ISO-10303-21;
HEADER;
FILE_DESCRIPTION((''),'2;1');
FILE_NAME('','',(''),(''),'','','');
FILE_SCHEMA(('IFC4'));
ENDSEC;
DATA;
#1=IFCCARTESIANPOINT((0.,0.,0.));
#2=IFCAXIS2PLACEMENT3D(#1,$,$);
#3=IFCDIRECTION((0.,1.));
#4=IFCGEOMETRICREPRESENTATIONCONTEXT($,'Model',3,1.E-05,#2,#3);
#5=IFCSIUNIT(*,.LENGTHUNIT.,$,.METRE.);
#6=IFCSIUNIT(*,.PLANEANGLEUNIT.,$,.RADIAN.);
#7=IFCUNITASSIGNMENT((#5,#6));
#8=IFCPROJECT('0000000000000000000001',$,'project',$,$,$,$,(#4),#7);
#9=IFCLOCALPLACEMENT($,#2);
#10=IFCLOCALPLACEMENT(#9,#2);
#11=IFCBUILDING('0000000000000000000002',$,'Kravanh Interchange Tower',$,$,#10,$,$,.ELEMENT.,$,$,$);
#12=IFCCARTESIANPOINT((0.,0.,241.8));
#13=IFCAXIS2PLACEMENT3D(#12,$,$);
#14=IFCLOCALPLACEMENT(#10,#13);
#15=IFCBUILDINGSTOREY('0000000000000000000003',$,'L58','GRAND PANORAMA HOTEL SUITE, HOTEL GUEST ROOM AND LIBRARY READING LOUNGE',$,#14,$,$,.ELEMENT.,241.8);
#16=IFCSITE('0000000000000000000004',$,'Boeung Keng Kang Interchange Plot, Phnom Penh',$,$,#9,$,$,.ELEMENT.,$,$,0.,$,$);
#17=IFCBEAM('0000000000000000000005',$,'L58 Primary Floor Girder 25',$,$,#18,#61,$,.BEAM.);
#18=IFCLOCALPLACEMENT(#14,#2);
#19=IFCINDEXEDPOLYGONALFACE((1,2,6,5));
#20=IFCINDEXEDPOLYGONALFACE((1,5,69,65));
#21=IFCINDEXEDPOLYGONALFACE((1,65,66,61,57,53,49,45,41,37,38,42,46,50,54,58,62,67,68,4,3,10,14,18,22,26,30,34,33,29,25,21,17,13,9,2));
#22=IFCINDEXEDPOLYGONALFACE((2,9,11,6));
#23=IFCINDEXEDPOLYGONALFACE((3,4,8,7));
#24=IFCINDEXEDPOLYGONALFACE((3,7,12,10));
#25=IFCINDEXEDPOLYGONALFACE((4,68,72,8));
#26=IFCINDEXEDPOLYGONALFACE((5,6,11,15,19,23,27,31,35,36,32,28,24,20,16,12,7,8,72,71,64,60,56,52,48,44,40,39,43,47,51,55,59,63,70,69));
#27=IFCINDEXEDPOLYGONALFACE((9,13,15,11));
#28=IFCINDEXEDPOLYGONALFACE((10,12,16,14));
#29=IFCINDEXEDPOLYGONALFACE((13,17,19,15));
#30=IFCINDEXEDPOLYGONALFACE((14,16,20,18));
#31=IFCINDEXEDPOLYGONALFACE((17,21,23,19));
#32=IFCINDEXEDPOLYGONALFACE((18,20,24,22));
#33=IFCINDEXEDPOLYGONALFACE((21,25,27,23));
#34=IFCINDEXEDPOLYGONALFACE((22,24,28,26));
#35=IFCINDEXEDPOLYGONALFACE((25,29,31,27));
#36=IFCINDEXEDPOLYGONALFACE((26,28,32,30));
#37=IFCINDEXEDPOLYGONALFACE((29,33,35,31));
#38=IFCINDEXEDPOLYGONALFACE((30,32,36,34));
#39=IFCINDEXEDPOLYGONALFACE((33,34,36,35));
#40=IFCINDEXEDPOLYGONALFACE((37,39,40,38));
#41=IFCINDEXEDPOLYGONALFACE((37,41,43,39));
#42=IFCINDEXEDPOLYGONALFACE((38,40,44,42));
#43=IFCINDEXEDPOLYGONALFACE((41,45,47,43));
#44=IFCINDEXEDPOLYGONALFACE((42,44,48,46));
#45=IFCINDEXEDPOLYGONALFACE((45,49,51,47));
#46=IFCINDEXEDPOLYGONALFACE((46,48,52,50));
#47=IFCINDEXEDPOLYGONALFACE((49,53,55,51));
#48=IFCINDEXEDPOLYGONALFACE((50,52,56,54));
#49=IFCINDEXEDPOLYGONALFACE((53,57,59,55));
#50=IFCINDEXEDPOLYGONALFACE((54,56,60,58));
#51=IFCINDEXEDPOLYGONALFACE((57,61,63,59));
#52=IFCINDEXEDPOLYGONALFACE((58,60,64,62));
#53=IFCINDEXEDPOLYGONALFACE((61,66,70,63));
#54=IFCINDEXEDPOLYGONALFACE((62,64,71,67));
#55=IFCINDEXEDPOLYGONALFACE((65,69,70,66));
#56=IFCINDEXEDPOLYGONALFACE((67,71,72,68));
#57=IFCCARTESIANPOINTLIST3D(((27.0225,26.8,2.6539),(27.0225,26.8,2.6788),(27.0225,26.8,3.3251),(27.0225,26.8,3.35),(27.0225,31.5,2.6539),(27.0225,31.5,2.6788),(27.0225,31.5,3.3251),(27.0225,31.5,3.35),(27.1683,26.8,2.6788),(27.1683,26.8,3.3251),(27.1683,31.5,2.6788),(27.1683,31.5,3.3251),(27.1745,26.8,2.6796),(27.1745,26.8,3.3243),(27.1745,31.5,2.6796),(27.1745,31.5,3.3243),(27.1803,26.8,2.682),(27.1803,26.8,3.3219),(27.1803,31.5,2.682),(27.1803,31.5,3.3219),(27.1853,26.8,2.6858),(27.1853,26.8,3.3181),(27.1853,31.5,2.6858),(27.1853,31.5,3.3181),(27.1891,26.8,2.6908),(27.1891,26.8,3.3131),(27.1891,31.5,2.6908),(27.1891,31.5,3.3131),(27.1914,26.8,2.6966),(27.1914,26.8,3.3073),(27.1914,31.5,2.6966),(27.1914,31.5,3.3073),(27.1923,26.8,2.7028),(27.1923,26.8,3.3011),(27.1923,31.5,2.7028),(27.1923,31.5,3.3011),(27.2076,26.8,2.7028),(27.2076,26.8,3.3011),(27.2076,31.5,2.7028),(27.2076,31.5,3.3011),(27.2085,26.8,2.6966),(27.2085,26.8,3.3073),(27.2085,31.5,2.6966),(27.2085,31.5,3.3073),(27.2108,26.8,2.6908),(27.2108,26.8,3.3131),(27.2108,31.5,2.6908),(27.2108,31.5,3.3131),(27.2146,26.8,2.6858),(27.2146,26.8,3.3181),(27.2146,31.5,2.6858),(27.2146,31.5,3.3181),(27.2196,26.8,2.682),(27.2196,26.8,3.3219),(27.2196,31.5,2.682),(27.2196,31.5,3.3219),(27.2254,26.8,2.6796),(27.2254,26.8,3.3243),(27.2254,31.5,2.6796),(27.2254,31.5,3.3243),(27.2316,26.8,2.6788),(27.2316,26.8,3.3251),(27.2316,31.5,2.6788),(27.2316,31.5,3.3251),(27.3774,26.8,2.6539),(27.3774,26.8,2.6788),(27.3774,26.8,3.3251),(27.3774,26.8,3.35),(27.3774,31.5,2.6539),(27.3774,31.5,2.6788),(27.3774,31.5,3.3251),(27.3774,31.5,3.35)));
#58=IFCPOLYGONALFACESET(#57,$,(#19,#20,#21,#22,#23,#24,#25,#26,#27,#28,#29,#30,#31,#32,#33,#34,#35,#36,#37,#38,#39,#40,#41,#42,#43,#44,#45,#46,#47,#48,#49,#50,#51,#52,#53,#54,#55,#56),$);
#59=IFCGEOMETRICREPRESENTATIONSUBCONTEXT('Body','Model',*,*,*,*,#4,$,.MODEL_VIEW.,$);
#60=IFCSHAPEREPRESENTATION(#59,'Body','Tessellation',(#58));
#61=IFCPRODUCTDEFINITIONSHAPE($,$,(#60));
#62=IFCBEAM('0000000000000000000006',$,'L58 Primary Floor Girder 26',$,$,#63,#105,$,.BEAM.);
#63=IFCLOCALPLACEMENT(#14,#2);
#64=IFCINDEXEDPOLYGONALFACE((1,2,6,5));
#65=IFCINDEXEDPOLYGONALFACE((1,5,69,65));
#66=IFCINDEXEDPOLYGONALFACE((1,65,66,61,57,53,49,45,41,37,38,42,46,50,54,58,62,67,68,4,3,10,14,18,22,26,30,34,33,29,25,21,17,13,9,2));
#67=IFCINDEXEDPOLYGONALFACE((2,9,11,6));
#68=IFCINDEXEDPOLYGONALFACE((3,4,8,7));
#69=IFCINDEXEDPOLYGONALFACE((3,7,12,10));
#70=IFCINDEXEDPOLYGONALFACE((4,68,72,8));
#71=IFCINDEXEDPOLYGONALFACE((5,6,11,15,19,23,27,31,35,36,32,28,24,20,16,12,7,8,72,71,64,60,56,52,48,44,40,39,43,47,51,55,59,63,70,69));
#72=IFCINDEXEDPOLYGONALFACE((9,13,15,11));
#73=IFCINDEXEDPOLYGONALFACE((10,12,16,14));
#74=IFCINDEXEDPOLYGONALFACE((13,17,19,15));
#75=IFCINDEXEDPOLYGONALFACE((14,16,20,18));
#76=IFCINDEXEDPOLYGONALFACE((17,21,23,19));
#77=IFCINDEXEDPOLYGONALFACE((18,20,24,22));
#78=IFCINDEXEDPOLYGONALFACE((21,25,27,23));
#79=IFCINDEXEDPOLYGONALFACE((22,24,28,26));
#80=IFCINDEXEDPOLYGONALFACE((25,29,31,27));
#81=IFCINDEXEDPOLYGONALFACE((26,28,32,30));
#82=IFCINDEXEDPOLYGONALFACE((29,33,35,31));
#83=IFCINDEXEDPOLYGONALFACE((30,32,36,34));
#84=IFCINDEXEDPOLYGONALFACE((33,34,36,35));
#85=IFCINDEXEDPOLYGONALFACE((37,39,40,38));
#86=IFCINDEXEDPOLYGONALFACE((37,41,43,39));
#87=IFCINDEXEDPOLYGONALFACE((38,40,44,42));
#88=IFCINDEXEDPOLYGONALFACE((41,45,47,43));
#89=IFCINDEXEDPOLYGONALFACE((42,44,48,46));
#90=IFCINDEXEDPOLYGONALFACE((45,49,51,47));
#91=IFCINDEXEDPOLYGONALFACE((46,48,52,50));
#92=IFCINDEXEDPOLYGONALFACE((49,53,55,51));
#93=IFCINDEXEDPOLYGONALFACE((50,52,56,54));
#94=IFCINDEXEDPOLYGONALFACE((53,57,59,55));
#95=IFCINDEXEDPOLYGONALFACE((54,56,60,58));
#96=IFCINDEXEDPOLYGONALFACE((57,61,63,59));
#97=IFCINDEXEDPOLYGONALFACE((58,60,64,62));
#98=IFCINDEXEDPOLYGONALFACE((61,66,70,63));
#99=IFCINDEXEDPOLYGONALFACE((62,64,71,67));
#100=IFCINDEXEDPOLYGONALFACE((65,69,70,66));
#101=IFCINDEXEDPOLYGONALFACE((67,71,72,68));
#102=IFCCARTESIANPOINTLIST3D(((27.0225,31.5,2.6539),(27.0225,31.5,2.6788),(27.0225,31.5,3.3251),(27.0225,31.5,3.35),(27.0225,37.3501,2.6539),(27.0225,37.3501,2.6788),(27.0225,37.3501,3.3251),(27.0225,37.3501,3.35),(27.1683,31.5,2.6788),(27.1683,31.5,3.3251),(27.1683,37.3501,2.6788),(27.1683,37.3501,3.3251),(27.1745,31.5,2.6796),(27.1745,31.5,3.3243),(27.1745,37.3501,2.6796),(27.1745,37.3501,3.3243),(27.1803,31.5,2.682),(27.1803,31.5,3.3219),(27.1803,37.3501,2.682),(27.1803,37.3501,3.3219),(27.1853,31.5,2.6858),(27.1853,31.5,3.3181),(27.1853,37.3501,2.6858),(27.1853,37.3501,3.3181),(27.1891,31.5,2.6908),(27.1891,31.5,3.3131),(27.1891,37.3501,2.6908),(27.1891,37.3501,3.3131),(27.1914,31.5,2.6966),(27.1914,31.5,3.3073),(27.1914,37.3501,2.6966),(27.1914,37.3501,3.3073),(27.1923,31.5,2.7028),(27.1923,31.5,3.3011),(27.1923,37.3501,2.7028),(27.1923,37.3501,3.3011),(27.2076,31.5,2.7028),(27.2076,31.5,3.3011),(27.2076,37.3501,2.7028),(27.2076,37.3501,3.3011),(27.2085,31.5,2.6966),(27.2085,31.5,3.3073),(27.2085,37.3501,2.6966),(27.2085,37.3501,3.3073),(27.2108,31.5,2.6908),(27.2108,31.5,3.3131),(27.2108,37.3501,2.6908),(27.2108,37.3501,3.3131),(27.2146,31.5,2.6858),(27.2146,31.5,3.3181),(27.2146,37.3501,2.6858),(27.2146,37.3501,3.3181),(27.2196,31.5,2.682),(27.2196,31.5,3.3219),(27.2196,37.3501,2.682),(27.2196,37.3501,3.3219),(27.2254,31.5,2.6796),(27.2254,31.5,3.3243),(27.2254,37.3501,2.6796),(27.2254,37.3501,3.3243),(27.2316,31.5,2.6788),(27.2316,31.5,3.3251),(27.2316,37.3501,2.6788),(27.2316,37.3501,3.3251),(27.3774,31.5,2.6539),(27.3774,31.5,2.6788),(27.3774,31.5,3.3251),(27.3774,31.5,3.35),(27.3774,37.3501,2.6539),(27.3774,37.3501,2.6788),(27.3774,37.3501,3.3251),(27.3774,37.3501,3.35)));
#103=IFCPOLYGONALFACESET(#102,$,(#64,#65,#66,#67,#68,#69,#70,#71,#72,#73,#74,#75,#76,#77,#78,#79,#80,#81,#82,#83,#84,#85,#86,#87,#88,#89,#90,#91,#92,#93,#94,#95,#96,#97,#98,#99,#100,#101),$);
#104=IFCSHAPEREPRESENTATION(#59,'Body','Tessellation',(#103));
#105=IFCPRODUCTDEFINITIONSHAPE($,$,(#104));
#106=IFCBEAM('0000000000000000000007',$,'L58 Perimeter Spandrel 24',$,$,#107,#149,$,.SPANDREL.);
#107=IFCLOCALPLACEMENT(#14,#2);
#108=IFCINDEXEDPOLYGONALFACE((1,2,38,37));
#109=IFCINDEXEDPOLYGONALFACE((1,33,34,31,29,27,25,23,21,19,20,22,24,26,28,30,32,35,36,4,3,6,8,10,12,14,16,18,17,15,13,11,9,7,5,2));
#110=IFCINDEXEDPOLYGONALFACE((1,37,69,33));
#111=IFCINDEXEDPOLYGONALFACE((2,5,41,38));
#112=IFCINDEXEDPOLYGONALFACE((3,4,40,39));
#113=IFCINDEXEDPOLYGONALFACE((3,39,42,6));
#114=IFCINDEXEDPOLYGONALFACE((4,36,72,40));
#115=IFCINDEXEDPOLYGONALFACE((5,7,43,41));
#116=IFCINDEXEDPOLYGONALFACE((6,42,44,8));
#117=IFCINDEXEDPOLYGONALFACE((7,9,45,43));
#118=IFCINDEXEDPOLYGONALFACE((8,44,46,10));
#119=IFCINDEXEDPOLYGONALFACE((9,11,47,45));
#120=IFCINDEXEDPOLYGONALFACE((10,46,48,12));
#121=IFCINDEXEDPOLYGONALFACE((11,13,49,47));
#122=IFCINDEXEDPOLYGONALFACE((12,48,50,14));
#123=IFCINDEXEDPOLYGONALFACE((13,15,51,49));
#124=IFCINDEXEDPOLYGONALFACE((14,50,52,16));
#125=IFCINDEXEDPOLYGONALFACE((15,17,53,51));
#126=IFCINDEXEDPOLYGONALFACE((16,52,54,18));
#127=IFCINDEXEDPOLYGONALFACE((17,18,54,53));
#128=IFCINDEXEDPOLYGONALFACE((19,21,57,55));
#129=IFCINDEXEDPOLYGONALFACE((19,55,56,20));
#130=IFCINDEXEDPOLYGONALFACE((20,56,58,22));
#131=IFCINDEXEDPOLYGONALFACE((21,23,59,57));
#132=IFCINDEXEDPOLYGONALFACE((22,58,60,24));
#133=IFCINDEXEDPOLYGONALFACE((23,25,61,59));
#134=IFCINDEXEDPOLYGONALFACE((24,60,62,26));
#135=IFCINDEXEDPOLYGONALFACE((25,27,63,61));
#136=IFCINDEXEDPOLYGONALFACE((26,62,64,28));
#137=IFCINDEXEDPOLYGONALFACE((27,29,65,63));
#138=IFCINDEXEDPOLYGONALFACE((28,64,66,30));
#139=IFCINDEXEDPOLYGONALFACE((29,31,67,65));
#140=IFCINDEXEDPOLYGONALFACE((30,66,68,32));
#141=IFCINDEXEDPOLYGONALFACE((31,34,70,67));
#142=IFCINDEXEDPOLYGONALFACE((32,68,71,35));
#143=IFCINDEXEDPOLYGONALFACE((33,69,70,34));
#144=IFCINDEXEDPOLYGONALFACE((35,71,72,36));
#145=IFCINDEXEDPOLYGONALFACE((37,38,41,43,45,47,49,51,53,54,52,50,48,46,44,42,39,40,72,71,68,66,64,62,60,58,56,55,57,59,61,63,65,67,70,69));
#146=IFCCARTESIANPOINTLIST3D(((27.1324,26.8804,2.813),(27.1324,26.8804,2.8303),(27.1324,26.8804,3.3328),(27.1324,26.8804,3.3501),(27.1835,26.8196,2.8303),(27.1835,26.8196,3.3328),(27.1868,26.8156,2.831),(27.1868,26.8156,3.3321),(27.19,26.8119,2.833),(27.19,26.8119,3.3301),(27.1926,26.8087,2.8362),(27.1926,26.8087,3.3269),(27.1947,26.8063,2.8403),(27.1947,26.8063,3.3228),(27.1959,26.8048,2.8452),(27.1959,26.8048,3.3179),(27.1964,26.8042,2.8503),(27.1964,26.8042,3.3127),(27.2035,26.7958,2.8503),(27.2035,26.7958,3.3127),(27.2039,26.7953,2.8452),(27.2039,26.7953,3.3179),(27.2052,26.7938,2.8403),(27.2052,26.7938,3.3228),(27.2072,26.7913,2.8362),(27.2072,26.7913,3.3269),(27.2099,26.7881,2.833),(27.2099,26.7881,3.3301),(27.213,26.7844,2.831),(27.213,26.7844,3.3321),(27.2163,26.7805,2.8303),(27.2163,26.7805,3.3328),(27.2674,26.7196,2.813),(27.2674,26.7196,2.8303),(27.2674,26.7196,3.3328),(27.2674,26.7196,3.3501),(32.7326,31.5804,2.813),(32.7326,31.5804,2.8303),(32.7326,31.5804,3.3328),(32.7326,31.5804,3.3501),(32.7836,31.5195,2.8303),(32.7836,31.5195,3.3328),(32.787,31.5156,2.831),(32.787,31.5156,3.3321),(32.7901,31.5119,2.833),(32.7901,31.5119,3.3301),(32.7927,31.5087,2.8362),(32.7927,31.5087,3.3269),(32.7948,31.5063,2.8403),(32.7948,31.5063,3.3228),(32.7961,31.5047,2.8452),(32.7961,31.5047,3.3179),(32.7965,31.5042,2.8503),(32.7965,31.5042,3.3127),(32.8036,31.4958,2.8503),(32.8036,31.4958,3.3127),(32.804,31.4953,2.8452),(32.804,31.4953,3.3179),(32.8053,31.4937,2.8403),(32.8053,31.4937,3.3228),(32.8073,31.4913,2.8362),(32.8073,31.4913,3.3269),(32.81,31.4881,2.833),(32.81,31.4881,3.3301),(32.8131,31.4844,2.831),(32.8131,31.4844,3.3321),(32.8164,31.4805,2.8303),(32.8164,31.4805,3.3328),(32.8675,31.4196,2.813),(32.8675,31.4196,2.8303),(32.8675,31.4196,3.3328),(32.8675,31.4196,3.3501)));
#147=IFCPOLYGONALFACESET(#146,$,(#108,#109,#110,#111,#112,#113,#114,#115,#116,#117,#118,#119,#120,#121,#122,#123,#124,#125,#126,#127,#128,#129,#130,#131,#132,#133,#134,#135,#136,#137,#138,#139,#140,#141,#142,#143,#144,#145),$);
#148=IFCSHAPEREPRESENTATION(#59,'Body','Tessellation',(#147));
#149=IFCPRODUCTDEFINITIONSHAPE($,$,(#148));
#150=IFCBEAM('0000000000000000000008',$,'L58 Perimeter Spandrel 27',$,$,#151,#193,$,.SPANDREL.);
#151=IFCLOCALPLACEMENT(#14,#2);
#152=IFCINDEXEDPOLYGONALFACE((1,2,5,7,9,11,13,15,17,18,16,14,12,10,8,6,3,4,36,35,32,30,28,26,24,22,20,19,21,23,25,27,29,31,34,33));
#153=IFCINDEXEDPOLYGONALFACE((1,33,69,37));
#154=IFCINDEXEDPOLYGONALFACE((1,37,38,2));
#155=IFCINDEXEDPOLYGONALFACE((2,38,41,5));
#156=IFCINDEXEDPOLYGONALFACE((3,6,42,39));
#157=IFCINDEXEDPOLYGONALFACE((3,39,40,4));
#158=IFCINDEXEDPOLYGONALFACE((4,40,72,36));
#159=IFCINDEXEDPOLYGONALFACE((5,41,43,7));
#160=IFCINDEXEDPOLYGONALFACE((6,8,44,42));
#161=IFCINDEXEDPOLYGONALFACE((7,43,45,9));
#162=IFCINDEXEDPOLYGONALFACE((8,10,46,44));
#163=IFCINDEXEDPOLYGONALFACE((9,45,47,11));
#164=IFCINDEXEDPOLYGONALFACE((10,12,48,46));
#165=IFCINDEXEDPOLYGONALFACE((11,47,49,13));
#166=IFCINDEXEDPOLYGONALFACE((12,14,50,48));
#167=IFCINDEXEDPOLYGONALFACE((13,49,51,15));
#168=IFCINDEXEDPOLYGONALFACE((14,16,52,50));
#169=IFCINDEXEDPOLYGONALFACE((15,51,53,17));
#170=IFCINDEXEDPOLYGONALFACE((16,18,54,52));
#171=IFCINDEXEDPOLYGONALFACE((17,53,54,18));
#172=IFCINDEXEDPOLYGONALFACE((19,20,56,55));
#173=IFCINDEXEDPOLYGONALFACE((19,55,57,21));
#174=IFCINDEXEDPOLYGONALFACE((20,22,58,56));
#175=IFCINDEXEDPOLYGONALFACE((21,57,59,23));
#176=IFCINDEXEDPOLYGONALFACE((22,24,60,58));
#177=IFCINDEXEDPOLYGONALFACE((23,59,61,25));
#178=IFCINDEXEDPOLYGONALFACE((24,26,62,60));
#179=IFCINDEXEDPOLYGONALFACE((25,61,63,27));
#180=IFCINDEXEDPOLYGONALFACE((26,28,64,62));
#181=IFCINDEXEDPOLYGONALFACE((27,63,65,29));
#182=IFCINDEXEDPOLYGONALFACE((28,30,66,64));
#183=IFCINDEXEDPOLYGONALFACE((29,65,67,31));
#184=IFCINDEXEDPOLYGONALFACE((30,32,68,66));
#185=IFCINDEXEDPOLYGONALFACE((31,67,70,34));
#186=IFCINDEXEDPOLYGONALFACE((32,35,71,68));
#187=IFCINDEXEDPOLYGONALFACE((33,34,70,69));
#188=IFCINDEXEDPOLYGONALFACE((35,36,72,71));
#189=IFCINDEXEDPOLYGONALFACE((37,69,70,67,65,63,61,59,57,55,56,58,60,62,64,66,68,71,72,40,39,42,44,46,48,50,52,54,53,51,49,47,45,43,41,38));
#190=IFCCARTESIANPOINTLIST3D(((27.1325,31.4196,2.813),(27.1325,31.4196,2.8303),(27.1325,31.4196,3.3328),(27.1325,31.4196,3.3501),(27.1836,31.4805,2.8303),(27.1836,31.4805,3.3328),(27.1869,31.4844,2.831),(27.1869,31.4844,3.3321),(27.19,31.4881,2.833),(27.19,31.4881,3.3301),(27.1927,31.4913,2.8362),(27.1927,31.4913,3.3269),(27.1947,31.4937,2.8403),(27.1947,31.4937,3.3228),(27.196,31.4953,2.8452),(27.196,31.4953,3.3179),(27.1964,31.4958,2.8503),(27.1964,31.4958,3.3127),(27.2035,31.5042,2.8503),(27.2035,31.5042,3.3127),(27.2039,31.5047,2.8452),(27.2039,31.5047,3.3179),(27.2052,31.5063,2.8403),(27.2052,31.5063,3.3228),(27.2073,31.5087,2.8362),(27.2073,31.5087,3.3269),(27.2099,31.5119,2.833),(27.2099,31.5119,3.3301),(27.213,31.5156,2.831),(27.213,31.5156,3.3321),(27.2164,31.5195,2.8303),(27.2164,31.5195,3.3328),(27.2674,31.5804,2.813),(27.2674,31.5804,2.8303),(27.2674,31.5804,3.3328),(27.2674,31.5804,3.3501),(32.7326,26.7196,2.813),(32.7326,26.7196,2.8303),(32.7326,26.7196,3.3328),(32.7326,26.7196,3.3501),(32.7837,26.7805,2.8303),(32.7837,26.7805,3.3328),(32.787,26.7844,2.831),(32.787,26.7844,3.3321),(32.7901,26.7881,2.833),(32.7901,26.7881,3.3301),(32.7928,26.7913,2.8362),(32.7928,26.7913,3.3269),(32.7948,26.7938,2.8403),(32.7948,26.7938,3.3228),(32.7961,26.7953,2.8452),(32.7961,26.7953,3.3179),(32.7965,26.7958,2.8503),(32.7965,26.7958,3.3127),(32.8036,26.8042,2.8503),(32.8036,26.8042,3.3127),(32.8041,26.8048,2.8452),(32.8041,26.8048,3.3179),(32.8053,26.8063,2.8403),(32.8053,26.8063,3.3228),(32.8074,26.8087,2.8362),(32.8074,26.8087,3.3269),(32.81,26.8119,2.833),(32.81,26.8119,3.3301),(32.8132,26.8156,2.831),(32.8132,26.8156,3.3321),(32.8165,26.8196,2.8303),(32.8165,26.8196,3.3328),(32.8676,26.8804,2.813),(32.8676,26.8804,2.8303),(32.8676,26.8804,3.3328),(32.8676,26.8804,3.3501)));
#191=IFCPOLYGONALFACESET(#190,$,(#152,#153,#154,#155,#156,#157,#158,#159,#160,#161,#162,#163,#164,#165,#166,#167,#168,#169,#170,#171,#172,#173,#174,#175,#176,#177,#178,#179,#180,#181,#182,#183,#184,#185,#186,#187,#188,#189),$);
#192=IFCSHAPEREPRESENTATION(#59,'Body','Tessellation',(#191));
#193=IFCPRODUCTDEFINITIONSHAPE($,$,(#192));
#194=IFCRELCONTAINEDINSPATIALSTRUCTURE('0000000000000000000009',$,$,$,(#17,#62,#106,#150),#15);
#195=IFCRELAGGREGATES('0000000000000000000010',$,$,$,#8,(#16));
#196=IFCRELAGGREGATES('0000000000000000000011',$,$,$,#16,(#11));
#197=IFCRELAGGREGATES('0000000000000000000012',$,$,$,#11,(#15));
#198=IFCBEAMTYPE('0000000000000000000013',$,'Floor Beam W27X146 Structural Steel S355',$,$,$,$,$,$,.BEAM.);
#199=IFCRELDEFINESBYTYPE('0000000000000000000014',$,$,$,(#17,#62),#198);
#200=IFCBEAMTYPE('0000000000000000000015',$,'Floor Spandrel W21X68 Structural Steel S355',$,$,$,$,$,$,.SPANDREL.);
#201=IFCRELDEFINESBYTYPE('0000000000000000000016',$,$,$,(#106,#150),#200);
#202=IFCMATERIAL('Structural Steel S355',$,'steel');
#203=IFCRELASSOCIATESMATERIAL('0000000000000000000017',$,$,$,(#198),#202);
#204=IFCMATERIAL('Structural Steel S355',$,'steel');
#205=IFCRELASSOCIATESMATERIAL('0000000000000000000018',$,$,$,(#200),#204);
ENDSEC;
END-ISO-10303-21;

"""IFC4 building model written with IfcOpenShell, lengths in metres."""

from ifc_helpers import new_model, si_unit, direction, frame, origin, origin_2d, place, context, subcontext, project, spatial, i_section, extrude, material, material_profile, profile_set, type_object, element, save


model = new_model("IFC4")

# Units and contexts
model_context = context("Model", 3, precision=1e-05, world=origin(), true_north=direction((0.0, 1.0)))
body_context = subcontext(model_context, "Body", "Model", "MODEL_VIEW")
ifc_project = project(units=[si_unit("LENGTHUNIT", "METRE"), si_unit("PLANEANGLEUNIT", "RADIAN")], contexts=[model_context])

# Site, building, storey
site_placement = place(None, origin())
site = spatial("IfcSite", under=ifc_project, at=site_placement, Name="Boeung Keng Kang Interchange Plot, Phnom Penh", CompositionType="ELEMENT", RefElevation=0.0)
building_placement = place(site_placement, origin())
building = spatial("IfcBuilding", under=site, at=building_placement, Name="Kravanh Interchange Tower", CompositionType="ELEMENT")
storey_placement = place(building_placement, frame((0.0, 0.0, 241.8)))
storey = spatial("IfcBuildingStorey", under=building, at=storey_placement, Name="L58", Description="GRAND PANORAMA HOTEL SUITE, HOTEL GUEST ROOM AND LIBRARY READING LOUNGE", CompositionType="ELEMENT", Elevation=241.8)

# Beams
ifc_material_1 = material(Name="Structural Steel S355", Category="steel")
ifc_material_profile_1 = material_profile(ifc_material_1, i_section(OverallWidth=0.355, OverallDepth=0.696, WebThickness=0.0154, FlangeThickness=0.0249, FilletRadius=0.0239, at=origin_2d()), Name="W27X146")
ifc_profile_set_1 = profile_set([ifc_material_profile_1], Name="Structural Steel S355")
beam_type_1 = type_object("IfcBeamType", Name="Floor Beam W27X146 Structural Steel S355", PredefinedType="BEAM", material=ifc_profile_set_1)
beam_1_placement = place(storey_placement, frame((27.2, 31.5, 3.002), z_axis=(0.0, -1.0, 0.0), x_axis=(1.0, 0.0, 0.0)))
element("IfcBeam", 1, at=beam_1_placement, inside=storey, type_object=beam_type_1, Name="L58 Primary Floor Girder 25", PredefinedType="BEAM", context=body_context, shape_type="SweptSolid", body=[
    extrude(i_section(OverallWidth=0.355, OverallDepth=0.696, WebThickness=0.0154, FlangeThickness=0.0249, FilletRadius=0.0239, at=origin_2d()), origin(), (0.0, 0.0, 1.0), 4.7),
])
beam_2_placement = place(storey_placement, frame((27.2, 31.5, 3.002), z_axis=(0.0, 1.0, 0.0), x_axis=(-1.0, 0.0, 0.0)))
element("IfcBeam", 2, at=beam_2_placement, inside=storey, type_object=beam_type_1, Name="L58 Primary Floor Girder 26", PredefinedType="BEAM", context=body_context, shape_type="SweptSolid", body=[
    extrude(i_section(OverallWidth=0.355, OverallDepth=0.696, WebThickness=0.0154, FlangeThickness=0.0249, FilletRadius=0.0239, at=origin_2d()), origin(), (0.0, 0.0, 1.0), 5.8501),
])
ifc_material_2 = material(Name="Structural Steel S355", Category="steel")
ifc_material_profile_2 = material_profile(ifc_material_2, i_section(OverallWidth=0.21, OverallDepth=0.5371, WebThickness=0.011, FlangeThickness=0.0173, FilletRadius=0.02, at=origin_2d()), Name="W21X68")
ifc_profile_set_2 = profile_set([ifc_material_profile_2], Name="Structural Steel S355")
beam_type_2 = type_object("IfcBeamType", Name="Floor Spandrel W21X68 Structural Steel S355", PredefinedType="SPANDREL", material=ifc_profile_set_2)
for number, where, z_axis, x_axis, name in (
    (3, (32.8, 31.5, 3.0815), (-0.765983, -0.642861, 0.0), (0.642861, -0.765983, 0.0), "L58 Perimeter Spandrel 24"),
    (4, (27.2, 31.5, 3.0815), (0.765983, -0.642861, 0.0), (0.642861, 0.765983, 0.0), "L58 Perimeter Spandrel 27"),
):
    element("IfcBeam", number, at=place(storey_placement, frame(where, z_axis=z_axis, x_axis=x_axis)), inside=storey, type_object=beam_type_2, Name=name, PredefinedType="SPANDREL", context=body_context, shape_type="SweptSolid", body=[
        extrude(i_section(OverallWidth=0.21, OverallDepth=0.5371, WebThickness=0.011, FlangeThickness=0.0173, FilletRadius=0.02, at=origin_2d()), origin(), (0.0, 0.0, 1.0), 7.311),
    ])

save(model, "model.ifc")
